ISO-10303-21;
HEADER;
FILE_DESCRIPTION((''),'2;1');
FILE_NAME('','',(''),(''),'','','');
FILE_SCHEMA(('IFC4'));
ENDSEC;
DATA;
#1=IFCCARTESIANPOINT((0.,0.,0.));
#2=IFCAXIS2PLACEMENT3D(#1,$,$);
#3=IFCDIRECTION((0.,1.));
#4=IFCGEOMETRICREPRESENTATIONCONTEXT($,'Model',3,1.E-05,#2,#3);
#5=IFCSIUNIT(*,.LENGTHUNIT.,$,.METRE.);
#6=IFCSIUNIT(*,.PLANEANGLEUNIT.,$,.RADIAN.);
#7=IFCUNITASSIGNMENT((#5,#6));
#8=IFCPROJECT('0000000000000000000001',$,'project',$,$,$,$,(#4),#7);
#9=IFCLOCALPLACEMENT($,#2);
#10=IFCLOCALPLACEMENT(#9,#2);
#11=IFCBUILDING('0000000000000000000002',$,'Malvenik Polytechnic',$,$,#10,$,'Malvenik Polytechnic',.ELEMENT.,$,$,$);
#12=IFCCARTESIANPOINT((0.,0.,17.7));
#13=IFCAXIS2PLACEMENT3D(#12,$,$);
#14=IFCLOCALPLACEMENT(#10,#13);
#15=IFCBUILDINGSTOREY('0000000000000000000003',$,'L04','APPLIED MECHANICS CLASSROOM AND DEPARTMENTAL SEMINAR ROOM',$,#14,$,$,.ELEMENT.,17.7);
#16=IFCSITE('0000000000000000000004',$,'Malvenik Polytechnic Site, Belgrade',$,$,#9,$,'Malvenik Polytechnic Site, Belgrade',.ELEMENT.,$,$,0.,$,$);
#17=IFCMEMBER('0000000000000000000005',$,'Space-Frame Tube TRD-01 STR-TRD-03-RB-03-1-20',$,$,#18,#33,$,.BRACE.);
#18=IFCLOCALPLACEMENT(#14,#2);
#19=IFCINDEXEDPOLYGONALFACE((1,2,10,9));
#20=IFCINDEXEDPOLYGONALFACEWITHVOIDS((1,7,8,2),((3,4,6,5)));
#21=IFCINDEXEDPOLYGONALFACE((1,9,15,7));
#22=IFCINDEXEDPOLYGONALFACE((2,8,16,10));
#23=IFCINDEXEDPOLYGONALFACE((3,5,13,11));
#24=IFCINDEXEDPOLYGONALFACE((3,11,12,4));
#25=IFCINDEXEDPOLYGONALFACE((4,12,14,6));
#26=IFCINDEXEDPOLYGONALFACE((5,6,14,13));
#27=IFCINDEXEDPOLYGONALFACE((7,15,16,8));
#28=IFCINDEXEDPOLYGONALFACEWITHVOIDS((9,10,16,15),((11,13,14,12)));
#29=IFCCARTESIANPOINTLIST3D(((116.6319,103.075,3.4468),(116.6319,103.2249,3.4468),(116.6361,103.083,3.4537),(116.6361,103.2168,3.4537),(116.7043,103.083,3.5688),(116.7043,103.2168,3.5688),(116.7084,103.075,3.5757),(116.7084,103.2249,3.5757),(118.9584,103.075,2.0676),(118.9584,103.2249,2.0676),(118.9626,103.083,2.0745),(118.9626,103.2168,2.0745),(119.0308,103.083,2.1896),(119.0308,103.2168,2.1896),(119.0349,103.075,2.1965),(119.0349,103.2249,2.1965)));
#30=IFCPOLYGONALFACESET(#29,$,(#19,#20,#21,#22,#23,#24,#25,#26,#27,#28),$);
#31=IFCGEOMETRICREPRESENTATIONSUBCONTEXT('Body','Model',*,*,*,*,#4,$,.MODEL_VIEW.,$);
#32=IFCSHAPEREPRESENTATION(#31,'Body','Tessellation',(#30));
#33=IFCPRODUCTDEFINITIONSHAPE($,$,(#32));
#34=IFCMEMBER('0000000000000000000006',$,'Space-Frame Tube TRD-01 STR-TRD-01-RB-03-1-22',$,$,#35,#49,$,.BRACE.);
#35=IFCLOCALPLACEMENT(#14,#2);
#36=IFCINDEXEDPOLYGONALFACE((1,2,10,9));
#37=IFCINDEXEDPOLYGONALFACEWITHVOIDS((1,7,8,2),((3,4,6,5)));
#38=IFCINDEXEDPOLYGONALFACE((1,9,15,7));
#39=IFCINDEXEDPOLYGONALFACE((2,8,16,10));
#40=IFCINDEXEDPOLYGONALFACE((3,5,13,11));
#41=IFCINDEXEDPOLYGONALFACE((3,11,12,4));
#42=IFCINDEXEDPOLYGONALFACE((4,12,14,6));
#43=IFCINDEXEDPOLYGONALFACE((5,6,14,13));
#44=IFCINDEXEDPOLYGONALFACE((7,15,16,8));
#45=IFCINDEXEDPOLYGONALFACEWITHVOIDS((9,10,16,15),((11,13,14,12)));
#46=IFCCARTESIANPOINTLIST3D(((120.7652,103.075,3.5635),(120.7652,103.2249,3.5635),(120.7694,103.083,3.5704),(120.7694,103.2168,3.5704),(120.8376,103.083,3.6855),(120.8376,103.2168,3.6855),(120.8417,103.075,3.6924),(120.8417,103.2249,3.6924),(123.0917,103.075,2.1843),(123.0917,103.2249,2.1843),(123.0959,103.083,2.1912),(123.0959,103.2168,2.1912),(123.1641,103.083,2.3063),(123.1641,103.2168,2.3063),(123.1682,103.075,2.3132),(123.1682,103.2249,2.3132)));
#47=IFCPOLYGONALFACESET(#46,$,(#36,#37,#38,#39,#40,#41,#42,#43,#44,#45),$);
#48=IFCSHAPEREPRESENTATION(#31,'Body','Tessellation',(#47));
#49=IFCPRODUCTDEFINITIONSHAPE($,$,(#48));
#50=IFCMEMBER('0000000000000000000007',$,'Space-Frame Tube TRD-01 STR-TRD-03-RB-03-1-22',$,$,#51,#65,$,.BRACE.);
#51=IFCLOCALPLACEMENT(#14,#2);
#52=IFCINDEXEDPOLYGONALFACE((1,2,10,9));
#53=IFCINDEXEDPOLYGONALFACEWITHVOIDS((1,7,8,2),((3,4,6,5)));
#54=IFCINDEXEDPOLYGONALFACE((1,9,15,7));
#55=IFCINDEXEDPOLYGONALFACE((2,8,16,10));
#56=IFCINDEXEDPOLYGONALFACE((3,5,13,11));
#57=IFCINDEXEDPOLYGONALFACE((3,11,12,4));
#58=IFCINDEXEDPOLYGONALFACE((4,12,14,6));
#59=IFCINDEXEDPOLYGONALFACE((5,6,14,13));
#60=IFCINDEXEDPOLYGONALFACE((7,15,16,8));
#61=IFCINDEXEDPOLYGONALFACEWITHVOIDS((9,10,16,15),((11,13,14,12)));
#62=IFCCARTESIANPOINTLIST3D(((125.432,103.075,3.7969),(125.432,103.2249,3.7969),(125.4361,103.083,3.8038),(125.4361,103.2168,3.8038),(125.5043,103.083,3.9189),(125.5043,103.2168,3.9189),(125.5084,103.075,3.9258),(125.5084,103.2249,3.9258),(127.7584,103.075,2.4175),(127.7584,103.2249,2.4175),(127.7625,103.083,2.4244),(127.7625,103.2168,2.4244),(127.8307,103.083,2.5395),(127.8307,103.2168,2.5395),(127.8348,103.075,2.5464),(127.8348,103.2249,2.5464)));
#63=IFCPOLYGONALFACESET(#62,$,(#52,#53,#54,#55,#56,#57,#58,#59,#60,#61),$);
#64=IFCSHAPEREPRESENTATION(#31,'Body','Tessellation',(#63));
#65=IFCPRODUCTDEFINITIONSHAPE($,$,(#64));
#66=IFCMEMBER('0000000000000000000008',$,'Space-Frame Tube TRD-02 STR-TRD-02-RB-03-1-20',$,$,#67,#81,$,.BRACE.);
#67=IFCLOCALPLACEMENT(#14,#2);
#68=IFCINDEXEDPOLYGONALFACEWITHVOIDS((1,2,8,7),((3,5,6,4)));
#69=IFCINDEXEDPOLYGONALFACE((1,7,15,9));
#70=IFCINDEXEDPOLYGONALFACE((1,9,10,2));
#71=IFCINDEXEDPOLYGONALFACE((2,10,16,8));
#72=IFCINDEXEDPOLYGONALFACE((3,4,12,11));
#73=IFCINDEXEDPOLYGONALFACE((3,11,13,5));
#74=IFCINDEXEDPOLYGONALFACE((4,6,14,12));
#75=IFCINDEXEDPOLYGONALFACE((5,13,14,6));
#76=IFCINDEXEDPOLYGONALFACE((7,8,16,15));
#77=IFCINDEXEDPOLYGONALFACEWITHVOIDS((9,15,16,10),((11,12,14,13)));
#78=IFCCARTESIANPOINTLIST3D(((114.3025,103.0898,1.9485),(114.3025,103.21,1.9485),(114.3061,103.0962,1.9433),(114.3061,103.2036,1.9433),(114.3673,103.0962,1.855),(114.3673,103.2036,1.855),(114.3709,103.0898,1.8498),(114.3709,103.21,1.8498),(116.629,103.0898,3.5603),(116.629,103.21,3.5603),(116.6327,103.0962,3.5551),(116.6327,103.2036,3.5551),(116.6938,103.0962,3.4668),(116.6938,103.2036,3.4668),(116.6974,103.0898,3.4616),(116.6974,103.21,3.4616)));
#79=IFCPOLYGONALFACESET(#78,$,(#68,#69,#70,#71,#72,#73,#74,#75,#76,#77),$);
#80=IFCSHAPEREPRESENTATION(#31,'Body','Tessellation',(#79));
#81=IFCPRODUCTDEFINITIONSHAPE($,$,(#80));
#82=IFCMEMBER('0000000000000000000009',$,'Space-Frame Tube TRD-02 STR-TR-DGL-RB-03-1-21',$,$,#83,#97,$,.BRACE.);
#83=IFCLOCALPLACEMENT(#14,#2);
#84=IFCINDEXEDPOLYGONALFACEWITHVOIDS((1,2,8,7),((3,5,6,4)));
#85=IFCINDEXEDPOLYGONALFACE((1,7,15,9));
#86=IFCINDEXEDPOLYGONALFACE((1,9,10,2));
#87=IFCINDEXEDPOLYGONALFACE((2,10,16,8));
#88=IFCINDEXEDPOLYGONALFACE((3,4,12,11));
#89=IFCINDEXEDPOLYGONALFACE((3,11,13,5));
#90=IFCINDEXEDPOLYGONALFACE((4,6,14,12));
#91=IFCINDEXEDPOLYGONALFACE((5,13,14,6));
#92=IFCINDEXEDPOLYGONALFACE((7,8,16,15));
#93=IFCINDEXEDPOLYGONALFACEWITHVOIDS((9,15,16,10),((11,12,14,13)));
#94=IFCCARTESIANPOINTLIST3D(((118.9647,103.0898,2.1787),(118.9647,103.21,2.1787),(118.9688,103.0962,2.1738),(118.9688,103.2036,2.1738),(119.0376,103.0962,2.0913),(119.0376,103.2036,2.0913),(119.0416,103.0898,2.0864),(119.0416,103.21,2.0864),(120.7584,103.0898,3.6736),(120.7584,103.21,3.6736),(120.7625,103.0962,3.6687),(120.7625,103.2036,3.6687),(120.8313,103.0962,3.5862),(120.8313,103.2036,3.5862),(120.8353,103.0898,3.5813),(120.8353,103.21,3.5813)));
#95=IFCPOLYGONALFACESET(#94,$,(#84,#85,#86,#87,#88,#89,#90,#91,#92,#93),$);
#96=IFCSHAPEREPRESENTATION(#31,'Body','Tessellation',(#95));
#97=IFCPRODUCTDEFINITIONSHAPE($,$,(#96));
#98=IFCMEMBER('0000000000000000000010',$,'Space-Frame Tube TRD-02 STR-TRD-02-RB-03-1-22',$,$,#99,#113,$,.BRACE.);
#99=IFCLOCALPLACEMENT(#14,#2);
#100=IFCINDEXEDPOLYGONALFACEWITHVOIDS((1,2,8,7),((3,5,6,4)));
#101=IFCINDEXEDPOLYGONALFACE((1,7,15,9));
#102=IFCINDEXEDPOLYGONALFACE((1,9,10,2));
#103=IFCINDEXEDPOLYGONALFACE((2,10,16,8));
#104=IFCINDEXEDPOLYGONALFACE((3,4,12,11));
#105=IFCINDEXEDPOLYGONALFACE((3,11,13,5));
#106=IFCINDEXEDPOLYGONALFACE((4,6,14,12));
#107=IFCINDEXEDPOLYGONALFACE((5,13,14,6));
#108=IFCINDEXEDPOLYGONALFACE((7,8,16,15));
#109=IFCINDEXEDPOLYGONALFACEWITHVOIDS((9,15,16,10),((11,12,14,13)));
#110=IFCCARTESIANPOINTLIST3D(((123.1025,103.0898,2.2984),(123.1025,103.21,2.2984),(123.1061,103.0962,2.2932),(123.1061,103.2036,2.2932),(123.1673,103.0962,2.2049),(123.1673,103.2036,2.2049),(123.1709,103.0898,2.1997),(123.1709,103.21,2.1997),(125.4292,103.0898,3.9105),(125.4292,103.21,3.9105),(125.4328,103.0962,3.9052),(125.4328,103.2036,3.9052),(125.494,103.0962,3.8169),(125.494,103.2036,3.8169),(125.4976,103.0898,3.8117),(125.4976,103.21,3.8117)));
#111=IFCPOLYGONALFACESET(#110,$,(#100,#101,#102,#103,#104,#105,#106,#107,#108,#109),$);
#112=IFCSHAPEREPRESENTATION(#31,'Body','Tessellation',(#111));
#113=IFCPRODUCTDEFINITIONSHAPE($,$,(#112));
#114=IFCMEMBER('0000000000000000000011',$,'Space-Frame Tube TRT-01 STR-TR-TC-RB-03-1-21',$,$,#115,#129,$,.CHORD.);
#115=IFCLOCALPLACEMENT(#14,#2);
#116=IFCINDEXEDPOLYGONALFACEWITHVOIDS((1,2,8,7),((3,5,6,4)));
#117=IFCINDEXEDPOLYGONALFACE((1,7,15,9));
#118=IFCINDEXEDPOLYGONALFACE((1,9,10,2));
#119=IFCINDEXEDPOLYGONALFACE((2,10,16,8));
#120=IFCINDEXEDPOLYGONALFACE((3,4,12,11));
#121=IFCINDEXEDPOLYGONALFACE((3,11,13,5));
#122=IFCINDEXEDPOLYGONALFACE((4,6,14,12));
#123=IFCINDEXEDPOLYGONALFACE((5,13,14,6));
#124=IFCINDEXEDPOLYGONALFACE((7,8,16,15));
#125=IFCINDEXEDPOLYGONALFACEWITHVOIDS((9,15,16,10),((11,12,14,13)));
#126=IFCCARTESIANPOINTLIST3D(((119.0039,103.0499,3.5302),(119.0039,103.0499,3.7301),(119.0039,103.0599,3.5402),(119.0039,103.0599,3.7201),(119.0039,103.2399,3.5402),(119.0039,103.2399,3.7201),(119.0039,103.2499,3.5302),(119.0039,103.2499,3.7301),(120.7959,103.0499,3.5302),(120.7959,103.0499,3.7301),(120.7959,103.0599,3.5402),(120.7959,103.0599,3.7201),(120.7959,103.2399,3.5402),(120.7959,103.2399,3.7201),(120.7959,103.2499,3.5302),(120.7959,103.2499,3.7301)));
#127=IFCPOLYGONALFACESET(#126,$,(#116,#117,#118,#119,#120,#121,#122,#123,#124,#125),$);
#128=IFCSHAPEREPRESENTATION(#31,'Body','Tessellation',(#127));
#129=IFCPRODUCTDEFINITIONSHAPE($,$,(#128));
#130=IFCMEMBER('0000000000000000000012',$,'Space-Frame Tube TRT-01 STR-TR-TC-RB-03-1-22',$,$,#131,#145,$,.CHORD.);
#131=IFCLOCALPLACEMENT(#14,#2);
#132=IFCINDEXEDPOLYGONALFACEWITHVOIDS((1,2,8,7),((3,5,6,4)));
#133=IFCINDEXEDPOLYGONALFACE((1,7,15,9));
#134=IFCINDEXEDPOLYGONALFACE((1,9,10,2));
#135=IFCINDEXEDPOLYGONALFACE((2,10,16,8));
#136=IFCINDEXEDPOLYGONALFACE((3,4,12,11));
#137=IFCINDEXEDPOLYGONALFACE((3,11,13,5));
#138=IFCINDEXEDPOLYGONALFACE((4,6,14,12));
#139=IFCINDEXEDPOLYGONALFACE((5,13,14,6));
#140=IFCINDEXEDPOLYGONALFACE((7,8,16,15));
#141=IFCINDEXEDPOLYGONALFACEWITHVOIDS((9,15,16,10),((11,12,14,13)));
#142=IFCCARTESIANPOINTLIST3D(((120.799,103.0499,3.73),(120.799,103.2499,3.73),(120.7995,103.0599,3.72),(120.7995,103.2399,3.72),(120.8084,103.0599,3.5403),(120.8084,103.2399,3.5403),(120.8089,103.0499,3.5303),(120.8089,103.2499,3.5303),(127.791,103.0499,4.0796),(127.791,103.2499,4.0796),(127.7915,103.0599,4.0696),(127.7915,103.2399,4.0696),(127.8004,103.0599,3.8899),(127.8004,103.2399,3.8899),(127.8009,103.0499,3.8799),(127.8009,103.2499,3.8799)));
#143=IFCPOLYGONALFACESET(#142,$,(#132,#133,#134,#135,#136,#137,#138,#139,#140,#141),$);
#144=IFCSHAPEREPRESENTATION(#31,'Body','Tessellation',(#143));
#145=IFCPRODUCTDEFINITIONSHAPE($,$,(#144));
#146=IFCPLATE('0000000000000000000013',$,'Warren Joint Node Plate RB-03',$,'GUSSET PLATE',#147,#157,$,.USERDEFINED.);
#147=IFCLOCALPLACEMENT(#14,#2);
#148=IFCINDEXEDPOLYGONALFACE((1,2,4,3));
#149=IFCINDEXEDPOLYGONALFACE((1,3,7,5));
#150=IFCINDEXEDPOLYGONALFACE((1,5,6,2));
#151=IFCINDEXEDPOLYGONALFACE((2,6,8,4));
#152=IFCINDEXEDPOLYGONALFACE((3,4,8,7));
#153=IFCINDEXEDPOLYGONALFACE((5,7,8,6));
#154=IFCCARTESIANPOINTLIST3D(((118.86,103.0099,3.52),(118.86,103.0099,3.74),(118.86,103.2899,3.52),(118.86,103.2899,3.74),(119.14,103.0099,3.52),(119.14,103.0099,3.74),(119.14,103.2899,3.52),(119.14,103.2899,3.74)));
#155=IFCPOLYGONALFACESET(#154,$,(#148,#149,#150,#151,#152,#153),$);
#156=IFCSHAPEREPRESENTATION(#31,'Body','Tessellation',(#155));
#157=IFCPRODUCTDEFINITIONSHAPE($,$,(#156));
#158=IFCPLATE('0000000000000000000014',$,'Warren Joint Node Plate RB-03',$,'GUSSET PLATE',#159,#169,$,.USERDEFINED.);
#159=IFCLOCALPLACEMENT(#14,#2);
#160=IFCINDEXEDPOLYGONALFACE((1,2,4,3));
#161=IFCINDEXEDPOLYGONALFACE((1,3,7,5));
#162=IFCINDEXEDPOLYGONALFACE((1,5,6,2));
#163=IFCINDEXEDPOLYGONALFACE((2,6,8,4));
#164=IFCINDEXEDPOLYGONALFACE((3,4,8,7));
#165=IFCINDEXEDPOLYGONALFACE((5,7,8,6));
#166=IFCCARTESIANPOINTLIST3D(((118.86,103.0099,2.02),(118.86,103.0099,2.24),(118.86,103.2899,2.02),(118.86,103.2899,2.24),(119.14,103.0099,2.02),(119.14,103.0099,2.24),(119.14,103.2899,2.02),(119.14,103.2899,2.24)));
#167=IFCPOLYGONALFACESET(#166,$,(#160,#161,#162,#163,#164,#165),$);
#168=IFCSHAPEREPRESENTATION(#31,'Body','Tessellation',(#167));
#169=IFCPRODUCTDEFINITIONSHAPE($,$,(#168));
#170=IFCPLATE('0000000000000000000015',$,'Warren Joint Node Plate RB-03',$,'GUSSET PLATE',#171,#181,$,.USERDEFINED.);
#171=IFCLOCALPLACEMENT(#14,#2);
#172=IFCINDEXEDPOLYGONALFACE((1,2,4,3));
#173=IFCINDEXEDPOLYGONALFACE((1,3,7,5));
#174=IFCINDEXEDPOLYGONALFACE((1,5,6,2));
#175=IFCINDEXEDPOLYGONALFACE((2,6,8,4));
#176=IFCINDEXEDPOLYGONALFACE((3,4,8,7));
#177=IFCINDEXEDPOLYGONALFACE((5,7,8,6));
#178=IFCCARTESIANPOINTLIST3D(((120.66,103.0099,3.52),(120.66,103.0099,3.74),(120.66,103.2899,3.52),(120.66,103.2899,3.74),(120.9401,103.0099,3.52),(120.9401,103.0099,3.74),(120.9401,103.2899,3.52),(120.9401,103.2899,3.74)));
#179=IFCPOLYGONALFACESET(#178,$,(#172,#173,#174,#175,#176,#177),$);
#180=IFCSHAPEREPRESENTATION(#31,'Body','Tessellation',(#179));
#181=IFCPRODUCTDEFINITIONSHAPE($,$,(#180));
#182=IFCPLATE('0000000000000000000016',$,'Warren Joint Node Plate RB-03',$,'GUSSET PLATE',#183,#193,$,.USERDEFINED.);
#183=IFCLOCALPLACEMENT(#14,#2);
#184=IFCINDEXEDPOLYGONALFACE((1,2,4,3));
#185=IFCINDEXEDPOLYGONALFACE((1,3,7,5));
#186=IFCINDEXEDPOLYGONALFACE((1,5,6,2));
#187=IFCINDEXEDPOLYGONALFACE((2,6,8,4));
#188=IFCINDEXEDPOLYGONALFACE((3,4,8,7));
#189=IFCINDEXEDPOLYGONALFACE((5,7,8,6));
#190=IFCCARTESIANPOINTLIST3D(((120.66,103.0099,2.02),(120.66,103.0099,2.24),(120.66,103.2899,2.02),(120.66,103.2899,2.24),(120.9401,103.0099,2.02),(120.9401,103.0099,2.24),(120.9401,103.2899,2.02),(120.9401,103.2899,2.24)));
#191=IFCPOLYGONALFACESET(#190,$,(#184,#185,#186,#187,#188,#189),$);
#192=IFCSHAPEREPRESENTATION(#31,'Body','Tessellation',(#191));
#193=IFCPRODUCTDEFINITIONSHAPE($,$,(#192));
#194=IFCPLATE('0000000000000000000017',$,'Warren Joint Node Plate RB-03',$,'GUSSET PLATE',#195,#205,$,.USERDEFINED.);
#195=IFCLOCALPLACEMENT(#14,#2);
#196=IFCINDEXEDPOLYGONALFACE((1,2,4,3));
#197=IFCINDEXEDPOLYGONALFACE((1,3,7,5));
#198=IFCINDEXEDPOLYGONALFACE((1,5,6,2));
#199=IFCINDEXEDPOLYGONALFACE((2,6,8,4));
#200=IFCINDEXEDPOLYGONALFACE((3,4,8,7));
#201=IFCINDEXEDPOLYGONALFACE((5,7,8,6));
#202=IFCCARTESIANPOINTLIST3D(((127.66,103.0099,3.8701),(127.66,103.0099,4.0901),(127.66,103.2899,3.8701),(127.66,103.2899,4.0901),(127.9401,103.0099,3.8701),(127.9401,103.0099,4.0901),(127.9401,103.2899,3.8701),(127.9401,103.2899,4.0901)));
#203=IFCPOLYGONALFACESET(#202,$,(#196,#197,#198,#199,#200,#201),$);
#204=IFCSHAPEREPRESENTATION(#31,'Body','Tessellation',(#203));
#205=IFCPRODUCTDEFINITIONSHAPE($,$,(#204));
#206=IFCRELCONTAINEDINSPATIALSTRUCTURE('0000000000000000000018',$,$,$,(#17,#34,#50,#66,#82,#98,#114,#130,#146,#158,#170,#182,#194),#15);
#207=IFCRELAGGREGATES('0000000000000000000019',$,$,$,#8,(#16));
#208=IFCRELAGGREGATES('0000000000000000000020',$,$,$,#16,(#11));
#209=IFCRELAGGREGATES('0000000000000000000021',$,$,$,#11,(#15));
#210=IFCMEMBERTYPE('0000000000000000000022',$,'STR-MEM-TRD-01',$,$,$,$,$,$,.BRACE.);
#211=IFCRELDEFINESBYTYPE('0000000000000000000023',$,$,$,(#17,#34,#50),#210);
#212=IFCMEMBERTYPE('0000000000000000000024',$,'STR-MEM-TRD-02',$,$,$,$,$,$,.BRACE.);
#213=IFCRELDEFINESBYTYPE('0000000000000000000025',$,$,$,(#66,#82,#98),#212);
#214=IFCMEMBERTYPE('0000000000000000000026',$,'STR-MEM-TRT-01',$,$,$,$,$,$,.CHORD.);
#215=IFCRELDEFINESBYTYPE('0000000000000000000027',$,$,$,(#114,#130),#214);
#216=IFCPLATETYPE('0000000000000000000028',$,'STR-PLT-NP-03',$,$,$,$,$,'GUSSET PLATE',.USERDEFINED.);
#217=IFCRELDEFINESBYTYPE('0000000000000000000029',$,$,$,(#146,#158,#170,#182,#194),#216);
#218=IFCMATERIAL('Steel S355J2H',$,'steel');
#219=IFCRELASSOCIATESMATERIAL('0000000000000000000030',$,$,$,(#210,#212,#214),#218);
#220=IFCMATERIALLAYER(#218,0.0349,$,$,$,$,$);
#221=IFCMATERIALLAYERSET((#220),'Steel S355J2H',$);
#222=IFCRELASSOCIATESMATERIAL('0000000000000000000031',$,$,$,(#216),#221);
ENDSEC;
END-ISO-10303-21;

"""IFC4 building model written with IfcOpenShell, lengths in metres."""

from ifc_helpers import new_model, si_unit, direction, frame, origin, origin_2d, place, context, subcontext, project, spatial, rectangle, hollow_rectangle, extrude, material, layer, layer_set, material_profile, profile_set, type_object, element, save


model = new_model("IFC4")

# Units and contexts
model_context = context("Model", 3, precision=1e-05, world=origin(), true_north=direction((0.0, 1.0)))
body_context = subcontext(model_context, "Body", "Model", "MODEL_VIEW")
ifc_project = project(units=[si_unit("LENGTHUNIT", "METRE"), si_unit("PLANEANGLEUNIT", "RADIAN")], contexts=[model_context])

# Site, building, storey
site_placement = place(None, origin())
site = spatial("IfcSite", under=ifc_project, at=site_placement, Name="Malvenik Polytechnic Site, Belgrade", LongName="Malvenik Polytechnic Site, Belgrade", CompositionType="ELEMENT", RefElevation=0.0)
building_placement = place(site_placement, origin())
building = spatial("IfcBuilding", under=site, at=building_placement, Name="Malvenik Polytechnic", LongName="Malvenik Polytechnic", CompositionType="ELEMENT")
storey_placement = place(building_placement, frame((0.0, 0.0, 17.7)))
storey = spatial("IfcBuildingStorey", under=building, at=storey_placement, Name="L04", Description="APPLIED MECHANICS CLASSROOM AND DEPARTMENTAL SEMINAR ROOM", CompositionType="ELEMENT", Elevation=17.7)

# Shared definitions
ifc_material_1 = material(Name="Steel S355J2H", Category="steel")

# Members
ifc_material_profile_1 = material_profile(ifc_material_1, hollow_rectangle(XDim=0.1499, YDim=0.1499, WallThickness=0.0081, at=origin_2d()), Name="SHS 150x150x8.0")
ifc_profile_set_1 = profile_set([ifc_material_profile_1], Name="Steel S355J2H")
member_type_1 = type_object("IfcMemberType", Name="STR-MEM-TRD-01", PredefinedType="BRACE", material=ifc_profile_set_1)
for number, where, z_axis, x_axis, name in (
    (1, (116.6702, 103.1499, 3.5112), (0.860205, 0.0, -0.509948), (0.0, 1.0, 0.0), "Space-Frame Tube TRD-01 STR-TRD-03-RB-03-1-20"),
    (2, (120.8035, 103.1499, 3.6279), (0.860205, 0.0, -0.509948), (0.0, 1.0, 0.0), "Space-Frame Tube TRD-01 STR-TRD-01-RB-03-1-22"),
    (3, (125.4702, 103.1499, 3.8613), (0.860165, 0.0, -0.510015), (0.0, 1.0, 0.0), "Space-Frame Tube TRD-01 STR-TRD-03-RB-03-1-22"),
):
    element("IfcMember", number, at=place(storey_placement, frame(where, z_axis=z_axis, x_axis=x_axis)), inside=storey, type_object=member_type_1, Name=name, PredefinedType="BRACE", context=body_context, shape_type="SweptSolid", body=[
        extrude(hollow_rectangle(XDim=0.1499, YDim=0.1499, WallThickness=0.0081, at=origin_2d()), origin(), (0.0, 0.0, 1.0), 2.7046),
    ])
ifc_material_profile_2 = material_profile(ifc_material_1, hollow_rectangle(XDim=0.1201, YDim=0.1201, WallThickness=0.0063, at=origin_2d()), Name="SHS 120x120x6.3")
ifc_profile_set_2 = profile_set([ifc_material_profile_2], Name="Steel S355J2H")
member_type_2 = type_object("IfcMemberType", Name="STR-MEM-TRD-02", PredefinedType="BRACE", material=ifc_profile_set_2)
member_1_placement = place(storey_placement, frame((114.3367, 103.1499, 1.8992), z_axis=(0.822018, 0.0, 0.569461), x_axis=(0.0, 1.0, 0.0)))
element("IfcMember", 4, at=member_1_placement, inside=storey, type_object=member_type_2, Name="Space-Frame Tube TRD-02 STR-TRD-02-RB-03-1-20", PredefinedType="BRACE", context=body_context, shape_type="SweptSolid", body=[
    extrude(hollow_rectangle(XDim=0.1201, YDim=0.1201, WallThickness=0.0063, at=origin_2d()), origin(), (0.0, 0.0, 1.0), 2.8303),
])
member_2_placement = place(storey_placement, frame((119.0032, 103.1499, 2.1326), z_axis=(0.768196, 0.0, 0.640215), x_axis=(0.0, 1.0, 0.0)))
element("IfcMember", 5, at=member_2_placement, inside=storey, type_object=member_type_2, Name="Space-Frame Tube TRD-02 STR-TR-DGL-RB-03-1-21", PredefinedType="BRACE", context=body_context, shape_type="SweptSolid", body=[
    extrude(hollow_rectangle(XDim=0.1201, YDim=0.1201, WallThickness=0.0063, at=origin_2d()), origin(), (0.0, 0.0, 1.0), 2.335),
])
member_3_placement = place(storey_placement, frame((123.1367, 103.1499, 2.249), z_axis=(0.821978, 0.0, 0.569519), x_axis=(0.0, 1.0, 0.0)))
element("IfcMember", 6, at=member_3_placement, inside=storey, type_object=member_type_2, Name="Space-Frame Tube TRD-02 STR-TRD-02-RB-03-1-22", PredefinedType="BRACE", context=body_context, shape_type="SweptSolid", body=[
    extrude(hollow_rectangle(XDim=0.1201, YDim=0.1201, WallThickness=0.0063, at=origin_2d()), origin(), (0.0, 0.0, 1.0), 2.8306),
])
ifc_material_profile_3 = material_profile(ifc_material_1, hollow_rectangle(XDim=0.2, YDim=0.2, WallThickness=0.01, at=origin_2d()), Name="SHS 200x200x10.0")
ifc_profile_set_3 = profile_set([ifc_material_profile_3], Name="Steel S355J2H")
member_type_3 = type_object("IfcMemberType", Name="STR-MEM-TRT-01", PredefinedType="CHORD", material=ifc_profile_set_3)
member_4_placement = place(storey_placement, frame((119.0039, 103.1499, 3.6301), z_axis=(1.0, 0.0, 0.0), x_axis=(0.0, 1.0, 0.0)))
element("IfcMember", 7, at=member_4_placement, inside=storey, type_object=member_type_3, Name="Space-Frame Tube TRT-01 STR-TR-TC-RB-03-1-21", PredefinedType="CHORD", context=body_context, shape_type="SweptSolid", body=[
    extrude(hollow_rectangle(XDim=0.2, YDim=0.2, WallThickness=0.01, at=origin_2d()), origin(), (0.0, 0.0, 1.0), 1.792),
])
member_5_placement = place(storey_placement, frame((120.804, 103.1499, 3.6301), z_axis=(0.998752, 0.0, 0.049939), x_axis=(0.0, 1.0, 0.0)))
element("IfcMember", 8, at=member_5_placement, inside=storey, type_object=member_type_3, Name="Space-Frame Tube TRT-01 STR-TR-TC-RB-03-1-22", PredefinedType="CHORD", context=body_context, shape_type="SweptSolid", body=[
    extrude(hollow_rectangle(XDim=0.2, YDim=0.2, WallThickness=0.01, at=origin_2d()), origin(), (0.0, 0.0, 1.0), 7.0007),
])

# Plates
ifc_layer_1 = layer(ifc_material_1, 0.0349)
ifc_layer_set_1 = layer_set([ifc_layer_1], Name="Steel S355J2H")
plate_type = type_object("IfcPlateType", Name="STR-PLT-NP-03", ElementType="GUSSET PLATE", PredefinedType="USERDEFINED", material=ifc_layer_set_1)
for number, where, z_axis, x_axis, name in (
    (9, (119.0, 103.1499, 3.52), (0.0, 0.0, 1.0), (1.0, 0.0, 0.0), "Warren Joint Node Plate RB-03"),
    (10, (119.0, 103.1499, 2.02), (0.0, 0.0, 1.0), (1.0, 0.0, 0.0), "Warren Joint Node Plate RB-03"),
    (11, (120.8, 103.1499, 3.52), (0.0, 0.0, 1.0), (1.0, 0.0, 0.0), "Warren Joint Node Plate RB-03"),
    (12, (120.8, 103.1499, 2.02), (0.0, 0.0, 1.0), (1.0, 0.0, 0.0), "Warren Joint Node Plate RB-03"),
    (13, (127.8, 103.1499, 3.8701), (0.0, 0.0, 1.0), (1.0, 0.0, 0.0), "Warren Joint Node Plate RB-03"),
):
    element("IfcPlate", number, at=place(storey_placement, frame(where, z_axis=z_axis, x_axis=x_axis)), inside=storey, type_object=plate_type, Name=name, ObjectType="GUSSET PLATE", PredefinedType="USERDEFINED", context=body_context, shape_type="SweptSolid", body=[
        extrude(rectangle(XDim=0.28, YDim=0.28, at=origin_2d()), origin(), (0.0, 0.0, 1.0), 0.22),
    ])

save(model, "model.ifc")
